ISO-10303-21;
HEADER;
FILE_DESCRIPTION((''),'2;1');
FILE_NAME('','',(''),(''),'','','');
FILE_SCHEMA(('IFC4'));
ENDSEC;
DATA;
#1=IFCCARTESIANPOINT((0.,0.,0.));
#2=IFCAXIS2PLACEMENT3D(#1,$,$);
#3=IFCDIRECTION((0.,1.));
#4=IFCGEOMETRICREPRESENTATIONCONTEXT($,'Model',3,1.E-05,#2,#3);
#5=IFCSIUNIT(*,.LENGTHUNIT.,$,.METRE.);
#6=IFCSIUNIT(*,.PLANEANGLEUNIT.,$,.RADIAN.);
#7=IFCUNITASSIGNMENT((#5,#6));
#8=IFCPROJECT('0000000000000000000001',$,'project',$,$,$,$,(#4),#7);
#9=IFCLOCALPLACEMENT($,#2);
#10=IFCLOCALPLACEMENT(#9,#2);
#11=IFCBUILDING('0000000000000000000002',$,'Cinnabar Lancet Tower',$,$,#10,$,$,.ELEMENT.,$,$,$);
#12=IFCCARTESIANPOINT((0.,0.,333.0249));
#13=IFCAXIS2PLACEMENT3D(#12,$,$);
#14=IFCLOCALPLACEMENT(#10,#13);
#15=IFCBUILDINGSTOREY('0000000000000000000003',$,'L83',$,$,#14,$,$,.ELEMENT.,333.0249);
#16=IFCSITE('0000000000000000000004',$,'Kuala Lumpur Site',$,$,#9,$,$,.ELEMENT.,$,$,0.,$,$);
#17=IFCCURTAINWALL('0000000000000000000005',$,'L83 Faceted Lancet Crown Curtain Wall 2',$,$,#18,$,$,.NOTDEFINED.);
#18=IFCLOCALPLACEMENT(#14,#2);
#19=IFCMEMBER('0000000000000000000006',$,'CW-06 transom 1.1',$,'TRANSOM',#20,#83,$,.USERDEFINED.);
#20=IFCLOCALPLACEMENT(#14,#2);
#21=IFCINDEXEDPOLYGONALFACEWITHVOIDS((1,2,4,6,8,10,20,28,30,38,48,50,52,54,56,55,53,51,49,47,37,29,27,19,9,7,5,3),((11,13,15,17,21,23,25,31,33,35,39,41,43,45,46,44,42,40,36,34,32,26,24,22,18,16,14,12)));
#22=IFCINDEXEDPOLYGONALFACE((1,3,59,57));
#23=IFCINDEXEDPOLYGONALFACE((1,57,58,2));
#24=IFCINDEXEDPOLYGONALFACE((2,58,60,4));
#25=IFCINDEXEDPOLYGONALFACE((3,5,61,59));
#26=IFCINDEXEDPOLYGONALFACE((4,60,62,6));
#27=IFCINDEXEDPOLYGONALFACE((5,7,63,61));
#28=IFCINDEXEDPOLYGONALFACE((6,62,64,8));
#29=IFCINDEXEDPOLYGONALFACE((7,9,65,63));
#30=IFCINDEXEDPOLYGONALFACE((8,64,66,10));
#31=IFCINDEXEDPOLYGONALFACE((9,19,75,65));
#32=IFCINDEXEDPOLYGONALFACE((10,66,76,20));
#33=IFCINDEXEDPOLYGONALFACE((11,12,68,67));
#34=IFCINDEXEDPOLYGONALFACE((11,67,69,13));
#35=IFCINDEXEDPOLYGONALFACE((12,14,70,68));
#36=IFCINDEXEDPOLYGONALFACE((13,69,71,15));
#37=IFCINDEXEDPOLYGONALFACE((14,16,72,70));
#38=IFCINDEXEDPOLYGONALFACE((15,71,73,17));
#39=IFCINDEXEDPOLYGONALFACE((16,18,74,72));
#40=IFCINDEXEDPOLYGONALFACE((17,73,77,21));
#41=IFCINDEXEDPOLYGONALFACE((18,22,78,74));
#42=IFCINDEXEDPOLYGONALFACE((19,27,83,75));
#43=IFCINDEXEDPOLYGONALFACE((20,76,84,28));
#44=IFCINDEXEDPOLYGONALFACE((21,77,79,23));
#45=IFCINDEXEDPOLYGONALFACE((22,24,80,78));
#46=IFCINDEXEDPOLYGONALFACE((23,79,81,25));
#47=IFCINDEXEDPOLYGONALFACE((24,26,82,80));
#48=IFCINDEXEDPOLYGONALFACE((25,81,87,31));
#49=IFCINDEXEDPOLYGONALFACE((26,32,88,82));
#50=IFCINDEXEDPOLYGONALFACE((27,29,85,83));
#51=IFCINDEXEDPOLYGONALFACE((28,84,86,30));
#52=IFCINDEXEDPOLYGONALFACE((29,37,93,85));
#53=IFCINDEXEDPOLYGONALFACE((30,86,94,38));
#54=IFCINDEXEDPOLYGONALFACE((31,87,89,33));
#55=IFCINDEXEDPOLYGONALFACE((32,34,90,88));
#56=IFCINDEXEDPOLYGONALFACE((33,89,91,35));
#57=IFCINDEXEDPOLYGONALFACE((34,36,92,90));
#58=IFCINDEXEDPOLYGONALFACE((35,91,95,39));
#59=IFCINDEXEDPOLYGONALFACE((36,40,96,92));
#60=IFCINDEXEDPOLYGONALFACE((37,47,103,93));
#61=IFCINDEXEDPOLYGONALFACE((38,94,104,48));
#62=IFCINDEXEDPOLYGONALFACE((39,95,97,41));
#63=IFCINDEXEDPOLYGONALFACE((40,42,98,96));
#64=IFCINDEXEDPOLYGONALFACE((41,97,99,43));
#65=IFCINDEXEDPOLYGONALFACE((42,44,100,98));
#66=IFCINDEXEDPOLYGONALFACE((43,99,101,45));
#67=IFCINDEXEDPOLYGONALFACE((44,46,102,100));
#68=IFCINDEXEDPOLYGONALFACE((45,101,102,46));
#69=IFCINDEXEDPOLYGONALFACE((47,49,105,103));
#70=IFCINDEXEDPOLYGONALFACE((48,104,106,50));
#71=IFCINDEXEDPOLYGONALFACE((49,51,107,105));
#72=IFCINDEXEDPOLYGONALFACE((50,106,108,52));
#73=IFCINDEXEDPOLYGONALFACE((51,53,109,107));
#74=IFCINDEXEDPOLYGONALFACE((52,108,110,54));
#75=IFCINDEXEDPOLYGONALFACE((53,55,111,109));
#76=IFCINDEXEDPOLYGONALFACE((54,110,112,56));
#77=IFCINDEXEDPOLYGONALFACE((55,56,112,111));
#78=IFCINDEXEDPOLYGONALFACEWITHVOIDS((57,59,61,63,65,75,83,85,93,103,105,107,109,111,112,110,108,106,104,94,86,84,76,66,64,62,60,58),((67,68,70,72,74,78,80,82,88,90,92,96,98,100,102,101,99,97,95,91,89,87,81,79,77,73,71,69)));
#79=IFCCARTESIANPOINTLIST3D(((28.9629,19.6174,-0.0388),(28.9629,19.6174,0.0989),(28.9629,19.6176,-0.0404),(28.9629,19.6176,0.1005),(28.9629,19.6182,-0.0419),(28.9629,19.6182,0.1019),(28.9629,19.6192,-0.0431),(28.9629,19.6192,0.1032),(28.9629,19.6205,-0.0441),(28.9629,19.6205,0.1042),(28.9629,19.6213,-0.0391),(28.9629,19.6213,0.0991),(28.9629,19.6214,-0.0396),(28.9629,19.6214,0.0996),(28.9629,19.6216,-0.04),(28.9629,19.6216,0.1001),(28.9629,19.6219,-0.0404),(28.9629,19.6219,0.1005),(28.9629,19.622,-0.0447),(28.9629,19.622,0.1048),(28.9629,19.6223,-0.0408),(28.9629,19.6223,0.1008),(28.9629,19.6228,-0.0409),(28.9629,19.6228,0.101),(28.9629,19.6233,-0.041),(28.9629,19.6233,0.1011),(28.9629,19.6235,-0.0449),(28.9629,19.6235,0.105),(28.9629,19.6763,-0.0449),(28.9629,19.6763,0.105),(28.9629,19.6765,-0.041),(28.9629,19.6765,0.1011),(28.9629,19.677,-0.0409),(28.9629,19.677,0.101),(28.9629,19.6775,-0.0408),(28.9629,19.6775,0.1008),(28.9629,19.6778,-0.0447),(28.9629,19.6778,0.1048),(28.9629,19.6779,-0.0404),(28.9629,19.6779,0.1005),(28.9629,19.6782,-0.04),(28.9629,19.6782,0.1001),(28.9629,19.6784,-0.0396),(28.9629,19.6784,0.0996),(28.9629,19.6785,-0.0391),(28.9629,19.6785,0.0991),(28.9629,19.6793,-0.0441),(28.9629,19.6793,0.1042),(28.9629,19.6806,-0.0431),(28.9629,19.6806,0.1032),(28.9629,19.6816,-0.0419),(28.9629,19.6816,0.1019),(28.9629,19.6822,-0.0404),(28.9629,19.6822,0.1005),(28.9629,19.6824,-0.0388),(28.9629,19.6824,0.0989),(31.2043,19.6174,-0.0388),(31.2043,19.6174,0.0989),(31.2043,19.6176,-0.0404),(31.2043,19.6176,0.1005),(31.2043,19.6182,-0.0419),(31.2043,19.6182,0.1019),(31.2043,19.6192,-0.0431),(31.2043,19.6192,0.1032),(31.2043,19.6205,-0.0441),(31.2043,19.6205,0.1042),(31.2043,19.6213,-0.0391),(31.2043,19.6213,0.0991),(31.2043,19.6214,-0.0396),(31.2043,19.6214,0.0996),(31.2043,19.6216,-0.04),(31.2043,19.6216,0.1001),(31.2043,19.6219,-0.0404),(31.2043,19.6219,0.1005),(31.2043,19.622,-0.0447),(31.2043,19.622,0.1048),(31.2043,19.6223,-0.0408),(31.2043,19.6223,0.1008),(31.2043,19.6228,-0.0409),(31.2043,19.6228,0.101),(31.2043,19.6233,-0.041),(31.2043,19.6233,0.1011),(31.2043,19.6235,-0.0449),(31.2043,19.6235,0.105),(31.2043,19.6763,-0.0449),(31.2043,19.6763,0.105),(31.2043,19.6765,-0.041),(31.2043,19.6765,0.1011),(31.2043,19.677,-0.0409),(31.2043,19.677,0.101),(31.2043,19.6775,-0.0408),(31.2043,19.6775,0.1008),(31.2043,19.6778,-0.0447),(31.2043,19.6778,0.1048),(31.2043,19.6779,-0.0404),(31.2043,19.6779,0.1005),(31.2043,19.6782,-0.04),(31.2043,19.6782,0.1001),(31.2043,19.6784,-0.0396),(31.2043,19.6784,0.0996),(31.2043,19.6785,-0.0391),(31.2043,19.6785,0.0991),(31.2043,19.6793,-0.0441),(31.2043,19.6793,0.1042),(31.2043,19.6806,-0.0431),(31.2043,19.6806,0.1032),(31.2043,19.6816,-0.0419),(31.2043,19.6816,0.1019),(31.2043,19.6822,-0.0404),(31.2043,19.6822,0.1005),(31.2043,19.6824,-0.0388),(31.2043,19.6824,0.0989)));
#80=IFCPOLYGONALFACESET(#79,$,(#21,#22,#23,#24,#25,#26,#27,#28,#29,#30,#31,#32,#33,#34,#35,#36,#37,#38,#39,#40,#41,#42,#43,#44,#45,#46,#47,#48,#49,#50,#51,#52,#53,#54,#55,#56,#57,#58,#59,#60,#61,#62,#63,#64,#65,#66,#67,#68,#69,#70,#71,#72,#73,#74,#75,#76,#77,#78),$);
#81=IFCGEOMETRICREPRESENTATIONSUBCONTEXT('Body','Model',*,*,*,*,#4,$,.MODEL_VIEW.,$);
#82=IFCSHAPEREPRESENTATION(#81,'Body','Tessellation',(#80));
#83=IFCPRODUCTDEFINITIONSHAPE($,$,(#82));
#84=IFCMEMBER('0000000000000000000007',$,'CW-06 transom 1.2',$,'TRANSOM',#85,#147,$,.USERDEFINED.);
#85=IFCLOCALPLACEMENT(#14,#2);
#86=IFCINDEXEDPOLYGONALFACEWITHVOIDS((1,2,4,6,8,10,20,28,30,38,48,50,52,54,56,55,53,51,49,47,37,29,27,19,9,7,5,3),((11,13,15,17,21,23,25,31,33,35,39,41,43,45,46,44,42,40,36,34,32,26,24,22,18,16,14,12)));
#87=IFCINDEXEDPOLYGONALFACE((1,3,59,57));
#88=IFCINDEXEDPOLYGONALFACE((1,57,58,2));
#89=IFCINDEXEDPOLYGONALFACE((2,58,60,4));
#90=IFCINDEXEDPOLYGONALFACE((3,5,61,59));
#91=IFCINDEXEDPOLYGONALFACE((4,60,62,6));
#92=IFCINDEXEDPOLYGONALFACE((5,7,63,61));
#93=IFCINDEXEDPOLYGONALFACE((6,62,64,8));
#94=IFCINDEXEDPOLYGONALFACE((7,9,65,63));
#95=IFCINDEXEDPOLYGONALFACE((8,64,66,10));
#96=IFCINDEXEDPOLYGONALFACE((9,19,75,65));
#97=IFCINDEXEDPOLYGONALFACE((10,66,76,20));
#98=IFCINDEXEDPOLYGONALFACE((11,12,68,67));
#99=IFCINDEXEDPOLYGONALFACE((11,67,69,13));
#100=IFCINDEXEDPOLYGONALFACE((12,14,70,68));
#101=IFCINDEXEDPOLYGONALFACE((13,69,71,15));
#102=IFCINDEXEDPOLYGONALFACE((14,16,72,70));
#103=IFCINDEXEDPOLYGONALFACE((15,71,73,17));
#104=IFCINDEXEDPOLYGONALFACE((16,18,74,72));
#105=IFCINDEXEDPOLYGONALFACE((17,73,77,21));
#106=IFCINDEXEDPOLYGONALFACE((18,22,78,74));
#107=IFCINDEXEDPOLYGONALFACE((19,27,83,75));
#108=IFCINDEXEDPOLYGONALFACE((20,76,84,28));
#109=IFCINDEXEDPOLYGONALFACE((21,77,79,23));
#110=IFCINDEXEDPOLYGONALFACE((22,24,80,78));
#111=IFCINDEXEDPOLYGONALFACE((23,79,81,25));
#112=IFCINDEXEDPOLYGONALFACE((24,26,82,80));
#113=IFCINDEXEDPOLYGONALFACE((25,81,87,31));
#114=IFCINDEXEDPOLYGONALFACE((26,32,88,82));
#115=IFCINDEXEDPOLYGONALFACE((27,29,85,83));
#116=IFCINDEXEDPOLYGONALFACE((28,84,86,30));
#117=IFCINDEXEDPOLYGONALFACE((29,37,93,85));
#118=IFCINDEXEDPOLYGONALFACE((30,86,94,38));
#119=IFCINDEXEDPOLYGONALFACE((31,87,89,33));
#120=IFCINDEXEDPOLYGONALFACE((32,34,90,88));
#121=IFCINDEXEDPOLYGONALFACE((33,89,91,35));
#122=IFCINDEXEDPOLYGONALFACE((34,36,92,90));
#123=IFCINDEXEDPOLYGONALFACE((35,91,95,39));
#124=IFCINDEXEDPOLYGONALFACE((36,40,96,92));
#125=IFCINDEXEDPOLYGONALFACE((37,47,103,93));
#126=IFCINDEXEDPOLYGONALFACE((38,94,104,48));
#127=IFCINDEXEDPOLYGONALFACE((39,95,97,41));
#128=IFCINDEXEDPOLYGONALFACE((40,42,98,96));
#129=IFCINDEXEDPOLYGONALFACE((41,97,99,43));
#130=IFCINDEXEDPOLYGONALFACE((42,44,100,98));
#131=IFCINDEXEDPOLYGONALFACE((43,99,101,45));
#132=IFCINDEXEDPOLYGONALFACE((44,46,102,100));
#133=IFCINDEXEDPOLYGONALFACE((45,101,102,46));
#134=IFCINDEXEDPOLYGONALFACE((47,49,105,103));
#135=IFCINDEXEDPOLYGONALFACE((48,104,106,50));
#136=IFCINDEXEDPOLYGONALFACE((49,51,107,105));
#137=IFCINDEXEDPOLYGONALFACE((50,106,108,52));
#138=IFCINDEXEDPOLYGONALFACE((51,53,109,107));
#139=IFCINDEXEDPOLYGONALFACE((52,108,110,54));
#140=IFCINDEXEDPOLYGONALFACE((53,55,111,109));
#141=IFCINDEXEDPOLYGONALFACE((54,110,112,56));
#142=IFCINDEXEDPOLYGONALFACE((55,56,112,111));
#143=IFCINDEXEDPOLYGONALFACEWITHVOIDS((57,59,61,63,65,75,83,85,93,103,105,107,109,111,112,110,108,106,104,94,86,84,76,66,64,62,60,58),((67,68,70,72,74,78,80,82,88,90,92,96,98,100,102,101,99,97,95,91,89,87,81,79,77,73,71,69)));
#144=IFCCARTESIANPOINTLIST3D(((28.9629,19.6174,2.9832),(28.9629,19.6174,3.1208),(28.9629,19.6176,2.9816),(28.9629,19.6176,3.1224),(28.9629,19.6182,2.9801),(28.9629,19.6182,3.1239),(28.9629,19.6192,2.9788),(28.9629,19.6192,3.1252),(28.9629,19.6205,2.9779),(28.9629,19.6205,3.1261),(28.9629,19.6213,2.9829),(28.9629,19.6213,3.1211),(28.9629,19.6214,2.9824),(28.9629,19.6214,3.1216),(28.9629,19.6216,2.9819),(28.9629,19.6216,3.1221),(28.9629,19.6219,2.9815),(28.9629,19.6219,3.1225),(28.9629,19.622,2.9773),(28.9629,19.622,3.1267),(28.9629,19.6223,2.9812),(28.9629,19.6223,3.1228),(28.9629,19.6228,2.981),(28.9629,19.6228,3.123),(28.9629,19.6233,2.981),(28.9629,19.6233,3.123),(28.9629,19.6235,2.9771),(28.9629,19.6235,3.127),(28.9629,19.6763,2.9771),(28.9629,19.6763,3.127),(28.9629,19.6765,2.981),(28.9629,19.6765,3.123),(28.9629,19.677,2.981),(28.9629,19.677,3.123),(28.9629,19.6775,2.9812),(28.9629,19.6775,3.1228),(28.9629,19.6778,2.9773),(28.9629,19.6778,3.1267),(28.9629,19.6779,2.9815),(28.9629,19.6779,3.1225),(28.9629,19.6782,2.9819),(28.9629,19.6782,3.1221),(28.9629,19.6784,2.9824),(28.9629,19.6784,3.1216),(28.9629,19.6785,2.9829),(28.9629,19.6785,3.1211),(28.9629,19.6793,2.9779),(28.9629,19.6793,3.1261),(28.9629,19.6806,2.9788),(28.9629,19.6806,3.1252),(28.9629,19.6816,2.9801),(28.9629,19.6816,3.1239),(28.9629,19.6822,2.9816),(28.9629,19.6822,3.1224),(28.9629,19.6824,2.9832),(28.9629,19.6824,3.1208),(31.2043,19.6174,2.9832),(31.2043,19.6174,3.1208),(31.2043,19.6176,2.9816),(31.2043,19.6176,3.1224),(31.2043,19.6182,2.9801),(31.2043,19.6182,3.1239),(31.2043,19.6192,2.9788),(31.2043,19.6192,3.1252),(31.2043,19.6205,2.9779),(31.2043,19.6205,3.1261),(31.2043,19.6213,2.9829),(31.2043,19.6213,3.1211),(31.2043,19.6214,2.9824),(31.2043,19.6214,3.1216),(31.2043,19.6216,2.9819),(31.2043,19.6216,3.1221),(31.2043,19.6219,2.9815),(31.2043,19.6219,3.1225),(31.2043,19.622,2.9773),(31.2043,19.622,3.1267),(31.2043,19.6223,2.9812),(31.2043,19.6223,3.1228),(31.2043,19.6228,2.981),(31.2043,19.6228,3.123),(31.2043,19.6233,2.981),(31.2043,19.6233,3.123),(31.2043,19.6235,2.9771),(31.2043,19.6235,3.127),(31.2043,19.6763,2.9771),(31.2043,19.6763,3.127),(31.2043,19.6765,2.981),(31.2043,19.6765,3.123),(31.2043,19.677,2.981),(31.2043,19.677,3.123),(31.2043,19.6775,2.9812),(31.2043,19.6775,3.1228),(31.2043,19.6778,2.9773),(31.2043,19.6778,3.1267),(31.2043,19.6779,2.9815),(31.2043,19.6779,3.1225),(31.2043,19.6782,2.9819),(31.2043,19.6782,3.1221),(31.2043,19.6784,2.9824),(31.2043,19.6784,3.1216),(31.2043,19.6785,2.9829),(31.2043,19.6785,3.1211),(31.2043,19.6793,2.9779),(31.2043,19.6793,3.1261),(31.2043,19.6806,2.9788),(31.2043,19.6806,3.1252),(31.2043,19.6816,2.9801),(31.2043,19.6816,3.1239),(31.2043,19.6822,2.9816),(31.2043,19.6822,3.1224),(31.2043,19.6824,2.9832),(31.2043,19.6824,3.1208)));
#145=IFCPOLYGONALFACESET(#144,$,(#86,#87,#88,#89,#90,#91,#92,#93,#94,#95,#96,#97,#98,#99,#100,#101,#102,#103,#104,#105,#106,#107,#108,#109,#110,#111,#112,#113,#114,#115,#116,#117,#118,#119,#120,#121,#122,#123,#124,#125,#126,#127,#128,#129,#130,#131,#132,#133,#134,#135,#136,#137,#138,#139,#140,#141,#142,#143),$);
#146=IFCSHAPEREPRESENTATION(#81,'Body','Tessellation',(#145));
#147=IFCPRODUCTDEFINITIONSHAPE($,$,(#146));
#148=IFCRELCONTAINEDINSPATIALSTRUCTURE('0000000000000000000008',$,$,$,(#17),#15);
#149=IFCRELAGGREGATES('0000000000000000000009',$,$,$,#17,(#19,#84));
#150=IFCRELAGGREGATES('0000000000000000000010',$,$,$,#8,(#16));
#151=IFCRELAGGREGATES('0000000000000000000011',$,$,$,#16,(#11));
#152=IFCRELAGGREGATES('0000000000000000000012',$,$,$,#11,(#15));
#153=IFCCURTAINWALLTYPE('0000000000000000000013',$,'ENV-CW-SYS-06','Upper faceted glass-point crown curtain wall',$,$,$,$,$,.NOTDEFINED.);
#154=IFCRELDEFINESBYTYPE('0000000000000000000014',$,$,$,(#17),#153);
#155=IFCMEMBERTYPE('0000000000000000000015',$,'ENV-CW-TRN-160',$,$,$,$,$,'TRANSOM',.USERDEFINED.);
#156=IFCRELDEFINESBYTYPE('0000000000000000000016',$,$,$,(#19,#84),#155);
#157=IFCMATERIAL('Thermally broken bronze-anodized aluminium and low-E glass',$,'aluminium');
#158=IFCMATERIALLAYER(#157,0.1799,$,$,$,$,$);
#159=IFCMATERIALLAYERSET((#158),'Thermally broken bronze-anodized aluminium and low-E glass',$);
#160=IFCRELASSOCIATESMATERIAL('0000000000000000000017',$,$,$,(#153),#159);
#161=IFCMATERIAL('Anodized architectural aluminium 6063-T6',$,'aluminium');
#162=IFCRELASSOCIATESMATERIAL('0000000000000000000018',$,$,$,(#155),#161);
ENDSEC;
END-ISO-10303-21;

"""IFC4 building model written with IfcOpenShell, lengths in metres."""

from ifc_helpers import new_model, si_unit, direction, frame, origin, origin_2d, place, context, subcontext, project, spatial, hollow_rectangle, extrude, material, layer, layer_set, material_profile, profile_set, type_object, element, aggregate, save


model = new_model("IFC4")

# Units and contexts
model_context = context("Model", 3, precision=1e-05, world=origin(), true_north=direction((0.0, 1.0)))
body_context = subcontext(model_context, "Body", "Model", "MODEL_VIEW")
ifc_project = project(units=[si_unit("LENGTHUNIT", "METRE"), si_unit("PLANEANGLEUNIT", "RADIAN")], contexts=[model_context])

# Site, building, storey
site_placement = place(None, origin())
site = spatial("IfcSite", under=ifc_project, at=site_placement, Name="Kuala Lumpur Site", CompositionType="ELEMENT", RefElevation=0.0)
building_placement = place(site_placement, origin())
building = spatial("IfcBuilding", under=site, at=building_placement, Name="Cinnabar Lancet Tower", CompositionType="ELEMENT")
storey_placement = place(building_placement, frame((0.0, 0.0, 333.0249)))
storey = spatial("IfcBuildingStorey", under=building, at=storey_placement, Name="L83", CompositionType="ELEMENT", Elevation=333.0249)

# Curtain wall
ifc_material_1 = material(Name="Thermally broken bronze-anodized aluminium and low-E glass", Category="aluminium")
ifc_layer_1 = layer(ifc_material_1, 0.1799)
ifc_layer_set_1 = layer_set([ifc_layer_1], Name="Thermally broken bronze-anodized aluminium and low-E glass")
curtain_wall_type = type_object("IfcCurtainWallType", Name="ENV-CW-SYS-06", Description="Upper faceted glass-point crown curtain wall", PredefinedType="NOTDEFINED", material=ifc_layer_set_1)
curtain_wall_1_placement = place(storey_placement, origin())
curtain_wall_1 = element("IfcCurtainWall", 1, at=curtain_wall_1_placement, inside=storey, type_object=curtain_wall_type, Name="L83 Faceted Lancet Crown Curtain Wall 2", PredefinedType="NOTDEFINED")

# Members
ifc_material_2 = material(Name="Anodized architectural aluminium 6063-T6", Category="aluminium")
ifc_material_profile_1 = material_profile(ifc_material_2, hollow_rectangle(XDim=0.0649, YDim=0.1499, WallThickness=0.0039, InnerFilletRadius=0.002, OuterFilletRadius=0.0061, at=origin_2d()), Name="CW-TRN 150x65x4")
ifc_profile_set_1 = profile_set([ifc_material_profile_1], Name="Anodized architectural aluminium 6063-T6")
member_type_1 = type_object("IfcMemberType", Name="ENV-CW-TRN-160", ElementType="TRANSOM", PredefinedType="USERDEFINED", material=ifc_profile_set_1)
member_1_placement = place(storey_placement, frame((28.9629, 19.6499, 0.03), z_axis=(1.0, 0.0, 0.0), x_axis=(0.0, 1.0, 0.0)))
member_1 = element("IfcMember", 2, at=member_1_placement, type_object=member_type_1, Name="CW-06 transom 1.1", ObjectType="TRANSOM", PredefinedType="USERDEFINED", context=body_context, shape_type="SweptSolid", body=[
    extrude(hollow_rectangle(XDim=0.0649, YDim=0.1499, WallThickness=0.0039, InnerFilletRadius=0.002, OuterFilletRadius=0.0061, at=origin_2d()), origin(), (0.0, 0.0, 1.0), 2.2415),
])
member_2_placement = place(storey_placement, frame((28.9629, 19.6499, 3.052), z_axis=(1.0, 0.0, 0.0), x_axis=(0.0, 1.0, 0.0)))
member_2 = element("IfcMember", 3, at=member_2_placement, type_object=member_type_1, Name="CW-06 transom 1.2", ObjectType="TRANSOM", PredefinedType="USERDEFINED", context=body_context, shape_type="SweptSolid", body=[
    extrude(hollow_rectangle(XDim=0.0649, YDim=0.1499, WallThickness=0.0039, InnerFilletRadius=0.002, OuterFilletRadius=0.0061, at=origin_2d()), origin(), (0.0, 0.0, 1.0), 2.2415),
])

aggregate(curtain_wall_1, [member_1, member_2])

save(model, "model.ifc")
